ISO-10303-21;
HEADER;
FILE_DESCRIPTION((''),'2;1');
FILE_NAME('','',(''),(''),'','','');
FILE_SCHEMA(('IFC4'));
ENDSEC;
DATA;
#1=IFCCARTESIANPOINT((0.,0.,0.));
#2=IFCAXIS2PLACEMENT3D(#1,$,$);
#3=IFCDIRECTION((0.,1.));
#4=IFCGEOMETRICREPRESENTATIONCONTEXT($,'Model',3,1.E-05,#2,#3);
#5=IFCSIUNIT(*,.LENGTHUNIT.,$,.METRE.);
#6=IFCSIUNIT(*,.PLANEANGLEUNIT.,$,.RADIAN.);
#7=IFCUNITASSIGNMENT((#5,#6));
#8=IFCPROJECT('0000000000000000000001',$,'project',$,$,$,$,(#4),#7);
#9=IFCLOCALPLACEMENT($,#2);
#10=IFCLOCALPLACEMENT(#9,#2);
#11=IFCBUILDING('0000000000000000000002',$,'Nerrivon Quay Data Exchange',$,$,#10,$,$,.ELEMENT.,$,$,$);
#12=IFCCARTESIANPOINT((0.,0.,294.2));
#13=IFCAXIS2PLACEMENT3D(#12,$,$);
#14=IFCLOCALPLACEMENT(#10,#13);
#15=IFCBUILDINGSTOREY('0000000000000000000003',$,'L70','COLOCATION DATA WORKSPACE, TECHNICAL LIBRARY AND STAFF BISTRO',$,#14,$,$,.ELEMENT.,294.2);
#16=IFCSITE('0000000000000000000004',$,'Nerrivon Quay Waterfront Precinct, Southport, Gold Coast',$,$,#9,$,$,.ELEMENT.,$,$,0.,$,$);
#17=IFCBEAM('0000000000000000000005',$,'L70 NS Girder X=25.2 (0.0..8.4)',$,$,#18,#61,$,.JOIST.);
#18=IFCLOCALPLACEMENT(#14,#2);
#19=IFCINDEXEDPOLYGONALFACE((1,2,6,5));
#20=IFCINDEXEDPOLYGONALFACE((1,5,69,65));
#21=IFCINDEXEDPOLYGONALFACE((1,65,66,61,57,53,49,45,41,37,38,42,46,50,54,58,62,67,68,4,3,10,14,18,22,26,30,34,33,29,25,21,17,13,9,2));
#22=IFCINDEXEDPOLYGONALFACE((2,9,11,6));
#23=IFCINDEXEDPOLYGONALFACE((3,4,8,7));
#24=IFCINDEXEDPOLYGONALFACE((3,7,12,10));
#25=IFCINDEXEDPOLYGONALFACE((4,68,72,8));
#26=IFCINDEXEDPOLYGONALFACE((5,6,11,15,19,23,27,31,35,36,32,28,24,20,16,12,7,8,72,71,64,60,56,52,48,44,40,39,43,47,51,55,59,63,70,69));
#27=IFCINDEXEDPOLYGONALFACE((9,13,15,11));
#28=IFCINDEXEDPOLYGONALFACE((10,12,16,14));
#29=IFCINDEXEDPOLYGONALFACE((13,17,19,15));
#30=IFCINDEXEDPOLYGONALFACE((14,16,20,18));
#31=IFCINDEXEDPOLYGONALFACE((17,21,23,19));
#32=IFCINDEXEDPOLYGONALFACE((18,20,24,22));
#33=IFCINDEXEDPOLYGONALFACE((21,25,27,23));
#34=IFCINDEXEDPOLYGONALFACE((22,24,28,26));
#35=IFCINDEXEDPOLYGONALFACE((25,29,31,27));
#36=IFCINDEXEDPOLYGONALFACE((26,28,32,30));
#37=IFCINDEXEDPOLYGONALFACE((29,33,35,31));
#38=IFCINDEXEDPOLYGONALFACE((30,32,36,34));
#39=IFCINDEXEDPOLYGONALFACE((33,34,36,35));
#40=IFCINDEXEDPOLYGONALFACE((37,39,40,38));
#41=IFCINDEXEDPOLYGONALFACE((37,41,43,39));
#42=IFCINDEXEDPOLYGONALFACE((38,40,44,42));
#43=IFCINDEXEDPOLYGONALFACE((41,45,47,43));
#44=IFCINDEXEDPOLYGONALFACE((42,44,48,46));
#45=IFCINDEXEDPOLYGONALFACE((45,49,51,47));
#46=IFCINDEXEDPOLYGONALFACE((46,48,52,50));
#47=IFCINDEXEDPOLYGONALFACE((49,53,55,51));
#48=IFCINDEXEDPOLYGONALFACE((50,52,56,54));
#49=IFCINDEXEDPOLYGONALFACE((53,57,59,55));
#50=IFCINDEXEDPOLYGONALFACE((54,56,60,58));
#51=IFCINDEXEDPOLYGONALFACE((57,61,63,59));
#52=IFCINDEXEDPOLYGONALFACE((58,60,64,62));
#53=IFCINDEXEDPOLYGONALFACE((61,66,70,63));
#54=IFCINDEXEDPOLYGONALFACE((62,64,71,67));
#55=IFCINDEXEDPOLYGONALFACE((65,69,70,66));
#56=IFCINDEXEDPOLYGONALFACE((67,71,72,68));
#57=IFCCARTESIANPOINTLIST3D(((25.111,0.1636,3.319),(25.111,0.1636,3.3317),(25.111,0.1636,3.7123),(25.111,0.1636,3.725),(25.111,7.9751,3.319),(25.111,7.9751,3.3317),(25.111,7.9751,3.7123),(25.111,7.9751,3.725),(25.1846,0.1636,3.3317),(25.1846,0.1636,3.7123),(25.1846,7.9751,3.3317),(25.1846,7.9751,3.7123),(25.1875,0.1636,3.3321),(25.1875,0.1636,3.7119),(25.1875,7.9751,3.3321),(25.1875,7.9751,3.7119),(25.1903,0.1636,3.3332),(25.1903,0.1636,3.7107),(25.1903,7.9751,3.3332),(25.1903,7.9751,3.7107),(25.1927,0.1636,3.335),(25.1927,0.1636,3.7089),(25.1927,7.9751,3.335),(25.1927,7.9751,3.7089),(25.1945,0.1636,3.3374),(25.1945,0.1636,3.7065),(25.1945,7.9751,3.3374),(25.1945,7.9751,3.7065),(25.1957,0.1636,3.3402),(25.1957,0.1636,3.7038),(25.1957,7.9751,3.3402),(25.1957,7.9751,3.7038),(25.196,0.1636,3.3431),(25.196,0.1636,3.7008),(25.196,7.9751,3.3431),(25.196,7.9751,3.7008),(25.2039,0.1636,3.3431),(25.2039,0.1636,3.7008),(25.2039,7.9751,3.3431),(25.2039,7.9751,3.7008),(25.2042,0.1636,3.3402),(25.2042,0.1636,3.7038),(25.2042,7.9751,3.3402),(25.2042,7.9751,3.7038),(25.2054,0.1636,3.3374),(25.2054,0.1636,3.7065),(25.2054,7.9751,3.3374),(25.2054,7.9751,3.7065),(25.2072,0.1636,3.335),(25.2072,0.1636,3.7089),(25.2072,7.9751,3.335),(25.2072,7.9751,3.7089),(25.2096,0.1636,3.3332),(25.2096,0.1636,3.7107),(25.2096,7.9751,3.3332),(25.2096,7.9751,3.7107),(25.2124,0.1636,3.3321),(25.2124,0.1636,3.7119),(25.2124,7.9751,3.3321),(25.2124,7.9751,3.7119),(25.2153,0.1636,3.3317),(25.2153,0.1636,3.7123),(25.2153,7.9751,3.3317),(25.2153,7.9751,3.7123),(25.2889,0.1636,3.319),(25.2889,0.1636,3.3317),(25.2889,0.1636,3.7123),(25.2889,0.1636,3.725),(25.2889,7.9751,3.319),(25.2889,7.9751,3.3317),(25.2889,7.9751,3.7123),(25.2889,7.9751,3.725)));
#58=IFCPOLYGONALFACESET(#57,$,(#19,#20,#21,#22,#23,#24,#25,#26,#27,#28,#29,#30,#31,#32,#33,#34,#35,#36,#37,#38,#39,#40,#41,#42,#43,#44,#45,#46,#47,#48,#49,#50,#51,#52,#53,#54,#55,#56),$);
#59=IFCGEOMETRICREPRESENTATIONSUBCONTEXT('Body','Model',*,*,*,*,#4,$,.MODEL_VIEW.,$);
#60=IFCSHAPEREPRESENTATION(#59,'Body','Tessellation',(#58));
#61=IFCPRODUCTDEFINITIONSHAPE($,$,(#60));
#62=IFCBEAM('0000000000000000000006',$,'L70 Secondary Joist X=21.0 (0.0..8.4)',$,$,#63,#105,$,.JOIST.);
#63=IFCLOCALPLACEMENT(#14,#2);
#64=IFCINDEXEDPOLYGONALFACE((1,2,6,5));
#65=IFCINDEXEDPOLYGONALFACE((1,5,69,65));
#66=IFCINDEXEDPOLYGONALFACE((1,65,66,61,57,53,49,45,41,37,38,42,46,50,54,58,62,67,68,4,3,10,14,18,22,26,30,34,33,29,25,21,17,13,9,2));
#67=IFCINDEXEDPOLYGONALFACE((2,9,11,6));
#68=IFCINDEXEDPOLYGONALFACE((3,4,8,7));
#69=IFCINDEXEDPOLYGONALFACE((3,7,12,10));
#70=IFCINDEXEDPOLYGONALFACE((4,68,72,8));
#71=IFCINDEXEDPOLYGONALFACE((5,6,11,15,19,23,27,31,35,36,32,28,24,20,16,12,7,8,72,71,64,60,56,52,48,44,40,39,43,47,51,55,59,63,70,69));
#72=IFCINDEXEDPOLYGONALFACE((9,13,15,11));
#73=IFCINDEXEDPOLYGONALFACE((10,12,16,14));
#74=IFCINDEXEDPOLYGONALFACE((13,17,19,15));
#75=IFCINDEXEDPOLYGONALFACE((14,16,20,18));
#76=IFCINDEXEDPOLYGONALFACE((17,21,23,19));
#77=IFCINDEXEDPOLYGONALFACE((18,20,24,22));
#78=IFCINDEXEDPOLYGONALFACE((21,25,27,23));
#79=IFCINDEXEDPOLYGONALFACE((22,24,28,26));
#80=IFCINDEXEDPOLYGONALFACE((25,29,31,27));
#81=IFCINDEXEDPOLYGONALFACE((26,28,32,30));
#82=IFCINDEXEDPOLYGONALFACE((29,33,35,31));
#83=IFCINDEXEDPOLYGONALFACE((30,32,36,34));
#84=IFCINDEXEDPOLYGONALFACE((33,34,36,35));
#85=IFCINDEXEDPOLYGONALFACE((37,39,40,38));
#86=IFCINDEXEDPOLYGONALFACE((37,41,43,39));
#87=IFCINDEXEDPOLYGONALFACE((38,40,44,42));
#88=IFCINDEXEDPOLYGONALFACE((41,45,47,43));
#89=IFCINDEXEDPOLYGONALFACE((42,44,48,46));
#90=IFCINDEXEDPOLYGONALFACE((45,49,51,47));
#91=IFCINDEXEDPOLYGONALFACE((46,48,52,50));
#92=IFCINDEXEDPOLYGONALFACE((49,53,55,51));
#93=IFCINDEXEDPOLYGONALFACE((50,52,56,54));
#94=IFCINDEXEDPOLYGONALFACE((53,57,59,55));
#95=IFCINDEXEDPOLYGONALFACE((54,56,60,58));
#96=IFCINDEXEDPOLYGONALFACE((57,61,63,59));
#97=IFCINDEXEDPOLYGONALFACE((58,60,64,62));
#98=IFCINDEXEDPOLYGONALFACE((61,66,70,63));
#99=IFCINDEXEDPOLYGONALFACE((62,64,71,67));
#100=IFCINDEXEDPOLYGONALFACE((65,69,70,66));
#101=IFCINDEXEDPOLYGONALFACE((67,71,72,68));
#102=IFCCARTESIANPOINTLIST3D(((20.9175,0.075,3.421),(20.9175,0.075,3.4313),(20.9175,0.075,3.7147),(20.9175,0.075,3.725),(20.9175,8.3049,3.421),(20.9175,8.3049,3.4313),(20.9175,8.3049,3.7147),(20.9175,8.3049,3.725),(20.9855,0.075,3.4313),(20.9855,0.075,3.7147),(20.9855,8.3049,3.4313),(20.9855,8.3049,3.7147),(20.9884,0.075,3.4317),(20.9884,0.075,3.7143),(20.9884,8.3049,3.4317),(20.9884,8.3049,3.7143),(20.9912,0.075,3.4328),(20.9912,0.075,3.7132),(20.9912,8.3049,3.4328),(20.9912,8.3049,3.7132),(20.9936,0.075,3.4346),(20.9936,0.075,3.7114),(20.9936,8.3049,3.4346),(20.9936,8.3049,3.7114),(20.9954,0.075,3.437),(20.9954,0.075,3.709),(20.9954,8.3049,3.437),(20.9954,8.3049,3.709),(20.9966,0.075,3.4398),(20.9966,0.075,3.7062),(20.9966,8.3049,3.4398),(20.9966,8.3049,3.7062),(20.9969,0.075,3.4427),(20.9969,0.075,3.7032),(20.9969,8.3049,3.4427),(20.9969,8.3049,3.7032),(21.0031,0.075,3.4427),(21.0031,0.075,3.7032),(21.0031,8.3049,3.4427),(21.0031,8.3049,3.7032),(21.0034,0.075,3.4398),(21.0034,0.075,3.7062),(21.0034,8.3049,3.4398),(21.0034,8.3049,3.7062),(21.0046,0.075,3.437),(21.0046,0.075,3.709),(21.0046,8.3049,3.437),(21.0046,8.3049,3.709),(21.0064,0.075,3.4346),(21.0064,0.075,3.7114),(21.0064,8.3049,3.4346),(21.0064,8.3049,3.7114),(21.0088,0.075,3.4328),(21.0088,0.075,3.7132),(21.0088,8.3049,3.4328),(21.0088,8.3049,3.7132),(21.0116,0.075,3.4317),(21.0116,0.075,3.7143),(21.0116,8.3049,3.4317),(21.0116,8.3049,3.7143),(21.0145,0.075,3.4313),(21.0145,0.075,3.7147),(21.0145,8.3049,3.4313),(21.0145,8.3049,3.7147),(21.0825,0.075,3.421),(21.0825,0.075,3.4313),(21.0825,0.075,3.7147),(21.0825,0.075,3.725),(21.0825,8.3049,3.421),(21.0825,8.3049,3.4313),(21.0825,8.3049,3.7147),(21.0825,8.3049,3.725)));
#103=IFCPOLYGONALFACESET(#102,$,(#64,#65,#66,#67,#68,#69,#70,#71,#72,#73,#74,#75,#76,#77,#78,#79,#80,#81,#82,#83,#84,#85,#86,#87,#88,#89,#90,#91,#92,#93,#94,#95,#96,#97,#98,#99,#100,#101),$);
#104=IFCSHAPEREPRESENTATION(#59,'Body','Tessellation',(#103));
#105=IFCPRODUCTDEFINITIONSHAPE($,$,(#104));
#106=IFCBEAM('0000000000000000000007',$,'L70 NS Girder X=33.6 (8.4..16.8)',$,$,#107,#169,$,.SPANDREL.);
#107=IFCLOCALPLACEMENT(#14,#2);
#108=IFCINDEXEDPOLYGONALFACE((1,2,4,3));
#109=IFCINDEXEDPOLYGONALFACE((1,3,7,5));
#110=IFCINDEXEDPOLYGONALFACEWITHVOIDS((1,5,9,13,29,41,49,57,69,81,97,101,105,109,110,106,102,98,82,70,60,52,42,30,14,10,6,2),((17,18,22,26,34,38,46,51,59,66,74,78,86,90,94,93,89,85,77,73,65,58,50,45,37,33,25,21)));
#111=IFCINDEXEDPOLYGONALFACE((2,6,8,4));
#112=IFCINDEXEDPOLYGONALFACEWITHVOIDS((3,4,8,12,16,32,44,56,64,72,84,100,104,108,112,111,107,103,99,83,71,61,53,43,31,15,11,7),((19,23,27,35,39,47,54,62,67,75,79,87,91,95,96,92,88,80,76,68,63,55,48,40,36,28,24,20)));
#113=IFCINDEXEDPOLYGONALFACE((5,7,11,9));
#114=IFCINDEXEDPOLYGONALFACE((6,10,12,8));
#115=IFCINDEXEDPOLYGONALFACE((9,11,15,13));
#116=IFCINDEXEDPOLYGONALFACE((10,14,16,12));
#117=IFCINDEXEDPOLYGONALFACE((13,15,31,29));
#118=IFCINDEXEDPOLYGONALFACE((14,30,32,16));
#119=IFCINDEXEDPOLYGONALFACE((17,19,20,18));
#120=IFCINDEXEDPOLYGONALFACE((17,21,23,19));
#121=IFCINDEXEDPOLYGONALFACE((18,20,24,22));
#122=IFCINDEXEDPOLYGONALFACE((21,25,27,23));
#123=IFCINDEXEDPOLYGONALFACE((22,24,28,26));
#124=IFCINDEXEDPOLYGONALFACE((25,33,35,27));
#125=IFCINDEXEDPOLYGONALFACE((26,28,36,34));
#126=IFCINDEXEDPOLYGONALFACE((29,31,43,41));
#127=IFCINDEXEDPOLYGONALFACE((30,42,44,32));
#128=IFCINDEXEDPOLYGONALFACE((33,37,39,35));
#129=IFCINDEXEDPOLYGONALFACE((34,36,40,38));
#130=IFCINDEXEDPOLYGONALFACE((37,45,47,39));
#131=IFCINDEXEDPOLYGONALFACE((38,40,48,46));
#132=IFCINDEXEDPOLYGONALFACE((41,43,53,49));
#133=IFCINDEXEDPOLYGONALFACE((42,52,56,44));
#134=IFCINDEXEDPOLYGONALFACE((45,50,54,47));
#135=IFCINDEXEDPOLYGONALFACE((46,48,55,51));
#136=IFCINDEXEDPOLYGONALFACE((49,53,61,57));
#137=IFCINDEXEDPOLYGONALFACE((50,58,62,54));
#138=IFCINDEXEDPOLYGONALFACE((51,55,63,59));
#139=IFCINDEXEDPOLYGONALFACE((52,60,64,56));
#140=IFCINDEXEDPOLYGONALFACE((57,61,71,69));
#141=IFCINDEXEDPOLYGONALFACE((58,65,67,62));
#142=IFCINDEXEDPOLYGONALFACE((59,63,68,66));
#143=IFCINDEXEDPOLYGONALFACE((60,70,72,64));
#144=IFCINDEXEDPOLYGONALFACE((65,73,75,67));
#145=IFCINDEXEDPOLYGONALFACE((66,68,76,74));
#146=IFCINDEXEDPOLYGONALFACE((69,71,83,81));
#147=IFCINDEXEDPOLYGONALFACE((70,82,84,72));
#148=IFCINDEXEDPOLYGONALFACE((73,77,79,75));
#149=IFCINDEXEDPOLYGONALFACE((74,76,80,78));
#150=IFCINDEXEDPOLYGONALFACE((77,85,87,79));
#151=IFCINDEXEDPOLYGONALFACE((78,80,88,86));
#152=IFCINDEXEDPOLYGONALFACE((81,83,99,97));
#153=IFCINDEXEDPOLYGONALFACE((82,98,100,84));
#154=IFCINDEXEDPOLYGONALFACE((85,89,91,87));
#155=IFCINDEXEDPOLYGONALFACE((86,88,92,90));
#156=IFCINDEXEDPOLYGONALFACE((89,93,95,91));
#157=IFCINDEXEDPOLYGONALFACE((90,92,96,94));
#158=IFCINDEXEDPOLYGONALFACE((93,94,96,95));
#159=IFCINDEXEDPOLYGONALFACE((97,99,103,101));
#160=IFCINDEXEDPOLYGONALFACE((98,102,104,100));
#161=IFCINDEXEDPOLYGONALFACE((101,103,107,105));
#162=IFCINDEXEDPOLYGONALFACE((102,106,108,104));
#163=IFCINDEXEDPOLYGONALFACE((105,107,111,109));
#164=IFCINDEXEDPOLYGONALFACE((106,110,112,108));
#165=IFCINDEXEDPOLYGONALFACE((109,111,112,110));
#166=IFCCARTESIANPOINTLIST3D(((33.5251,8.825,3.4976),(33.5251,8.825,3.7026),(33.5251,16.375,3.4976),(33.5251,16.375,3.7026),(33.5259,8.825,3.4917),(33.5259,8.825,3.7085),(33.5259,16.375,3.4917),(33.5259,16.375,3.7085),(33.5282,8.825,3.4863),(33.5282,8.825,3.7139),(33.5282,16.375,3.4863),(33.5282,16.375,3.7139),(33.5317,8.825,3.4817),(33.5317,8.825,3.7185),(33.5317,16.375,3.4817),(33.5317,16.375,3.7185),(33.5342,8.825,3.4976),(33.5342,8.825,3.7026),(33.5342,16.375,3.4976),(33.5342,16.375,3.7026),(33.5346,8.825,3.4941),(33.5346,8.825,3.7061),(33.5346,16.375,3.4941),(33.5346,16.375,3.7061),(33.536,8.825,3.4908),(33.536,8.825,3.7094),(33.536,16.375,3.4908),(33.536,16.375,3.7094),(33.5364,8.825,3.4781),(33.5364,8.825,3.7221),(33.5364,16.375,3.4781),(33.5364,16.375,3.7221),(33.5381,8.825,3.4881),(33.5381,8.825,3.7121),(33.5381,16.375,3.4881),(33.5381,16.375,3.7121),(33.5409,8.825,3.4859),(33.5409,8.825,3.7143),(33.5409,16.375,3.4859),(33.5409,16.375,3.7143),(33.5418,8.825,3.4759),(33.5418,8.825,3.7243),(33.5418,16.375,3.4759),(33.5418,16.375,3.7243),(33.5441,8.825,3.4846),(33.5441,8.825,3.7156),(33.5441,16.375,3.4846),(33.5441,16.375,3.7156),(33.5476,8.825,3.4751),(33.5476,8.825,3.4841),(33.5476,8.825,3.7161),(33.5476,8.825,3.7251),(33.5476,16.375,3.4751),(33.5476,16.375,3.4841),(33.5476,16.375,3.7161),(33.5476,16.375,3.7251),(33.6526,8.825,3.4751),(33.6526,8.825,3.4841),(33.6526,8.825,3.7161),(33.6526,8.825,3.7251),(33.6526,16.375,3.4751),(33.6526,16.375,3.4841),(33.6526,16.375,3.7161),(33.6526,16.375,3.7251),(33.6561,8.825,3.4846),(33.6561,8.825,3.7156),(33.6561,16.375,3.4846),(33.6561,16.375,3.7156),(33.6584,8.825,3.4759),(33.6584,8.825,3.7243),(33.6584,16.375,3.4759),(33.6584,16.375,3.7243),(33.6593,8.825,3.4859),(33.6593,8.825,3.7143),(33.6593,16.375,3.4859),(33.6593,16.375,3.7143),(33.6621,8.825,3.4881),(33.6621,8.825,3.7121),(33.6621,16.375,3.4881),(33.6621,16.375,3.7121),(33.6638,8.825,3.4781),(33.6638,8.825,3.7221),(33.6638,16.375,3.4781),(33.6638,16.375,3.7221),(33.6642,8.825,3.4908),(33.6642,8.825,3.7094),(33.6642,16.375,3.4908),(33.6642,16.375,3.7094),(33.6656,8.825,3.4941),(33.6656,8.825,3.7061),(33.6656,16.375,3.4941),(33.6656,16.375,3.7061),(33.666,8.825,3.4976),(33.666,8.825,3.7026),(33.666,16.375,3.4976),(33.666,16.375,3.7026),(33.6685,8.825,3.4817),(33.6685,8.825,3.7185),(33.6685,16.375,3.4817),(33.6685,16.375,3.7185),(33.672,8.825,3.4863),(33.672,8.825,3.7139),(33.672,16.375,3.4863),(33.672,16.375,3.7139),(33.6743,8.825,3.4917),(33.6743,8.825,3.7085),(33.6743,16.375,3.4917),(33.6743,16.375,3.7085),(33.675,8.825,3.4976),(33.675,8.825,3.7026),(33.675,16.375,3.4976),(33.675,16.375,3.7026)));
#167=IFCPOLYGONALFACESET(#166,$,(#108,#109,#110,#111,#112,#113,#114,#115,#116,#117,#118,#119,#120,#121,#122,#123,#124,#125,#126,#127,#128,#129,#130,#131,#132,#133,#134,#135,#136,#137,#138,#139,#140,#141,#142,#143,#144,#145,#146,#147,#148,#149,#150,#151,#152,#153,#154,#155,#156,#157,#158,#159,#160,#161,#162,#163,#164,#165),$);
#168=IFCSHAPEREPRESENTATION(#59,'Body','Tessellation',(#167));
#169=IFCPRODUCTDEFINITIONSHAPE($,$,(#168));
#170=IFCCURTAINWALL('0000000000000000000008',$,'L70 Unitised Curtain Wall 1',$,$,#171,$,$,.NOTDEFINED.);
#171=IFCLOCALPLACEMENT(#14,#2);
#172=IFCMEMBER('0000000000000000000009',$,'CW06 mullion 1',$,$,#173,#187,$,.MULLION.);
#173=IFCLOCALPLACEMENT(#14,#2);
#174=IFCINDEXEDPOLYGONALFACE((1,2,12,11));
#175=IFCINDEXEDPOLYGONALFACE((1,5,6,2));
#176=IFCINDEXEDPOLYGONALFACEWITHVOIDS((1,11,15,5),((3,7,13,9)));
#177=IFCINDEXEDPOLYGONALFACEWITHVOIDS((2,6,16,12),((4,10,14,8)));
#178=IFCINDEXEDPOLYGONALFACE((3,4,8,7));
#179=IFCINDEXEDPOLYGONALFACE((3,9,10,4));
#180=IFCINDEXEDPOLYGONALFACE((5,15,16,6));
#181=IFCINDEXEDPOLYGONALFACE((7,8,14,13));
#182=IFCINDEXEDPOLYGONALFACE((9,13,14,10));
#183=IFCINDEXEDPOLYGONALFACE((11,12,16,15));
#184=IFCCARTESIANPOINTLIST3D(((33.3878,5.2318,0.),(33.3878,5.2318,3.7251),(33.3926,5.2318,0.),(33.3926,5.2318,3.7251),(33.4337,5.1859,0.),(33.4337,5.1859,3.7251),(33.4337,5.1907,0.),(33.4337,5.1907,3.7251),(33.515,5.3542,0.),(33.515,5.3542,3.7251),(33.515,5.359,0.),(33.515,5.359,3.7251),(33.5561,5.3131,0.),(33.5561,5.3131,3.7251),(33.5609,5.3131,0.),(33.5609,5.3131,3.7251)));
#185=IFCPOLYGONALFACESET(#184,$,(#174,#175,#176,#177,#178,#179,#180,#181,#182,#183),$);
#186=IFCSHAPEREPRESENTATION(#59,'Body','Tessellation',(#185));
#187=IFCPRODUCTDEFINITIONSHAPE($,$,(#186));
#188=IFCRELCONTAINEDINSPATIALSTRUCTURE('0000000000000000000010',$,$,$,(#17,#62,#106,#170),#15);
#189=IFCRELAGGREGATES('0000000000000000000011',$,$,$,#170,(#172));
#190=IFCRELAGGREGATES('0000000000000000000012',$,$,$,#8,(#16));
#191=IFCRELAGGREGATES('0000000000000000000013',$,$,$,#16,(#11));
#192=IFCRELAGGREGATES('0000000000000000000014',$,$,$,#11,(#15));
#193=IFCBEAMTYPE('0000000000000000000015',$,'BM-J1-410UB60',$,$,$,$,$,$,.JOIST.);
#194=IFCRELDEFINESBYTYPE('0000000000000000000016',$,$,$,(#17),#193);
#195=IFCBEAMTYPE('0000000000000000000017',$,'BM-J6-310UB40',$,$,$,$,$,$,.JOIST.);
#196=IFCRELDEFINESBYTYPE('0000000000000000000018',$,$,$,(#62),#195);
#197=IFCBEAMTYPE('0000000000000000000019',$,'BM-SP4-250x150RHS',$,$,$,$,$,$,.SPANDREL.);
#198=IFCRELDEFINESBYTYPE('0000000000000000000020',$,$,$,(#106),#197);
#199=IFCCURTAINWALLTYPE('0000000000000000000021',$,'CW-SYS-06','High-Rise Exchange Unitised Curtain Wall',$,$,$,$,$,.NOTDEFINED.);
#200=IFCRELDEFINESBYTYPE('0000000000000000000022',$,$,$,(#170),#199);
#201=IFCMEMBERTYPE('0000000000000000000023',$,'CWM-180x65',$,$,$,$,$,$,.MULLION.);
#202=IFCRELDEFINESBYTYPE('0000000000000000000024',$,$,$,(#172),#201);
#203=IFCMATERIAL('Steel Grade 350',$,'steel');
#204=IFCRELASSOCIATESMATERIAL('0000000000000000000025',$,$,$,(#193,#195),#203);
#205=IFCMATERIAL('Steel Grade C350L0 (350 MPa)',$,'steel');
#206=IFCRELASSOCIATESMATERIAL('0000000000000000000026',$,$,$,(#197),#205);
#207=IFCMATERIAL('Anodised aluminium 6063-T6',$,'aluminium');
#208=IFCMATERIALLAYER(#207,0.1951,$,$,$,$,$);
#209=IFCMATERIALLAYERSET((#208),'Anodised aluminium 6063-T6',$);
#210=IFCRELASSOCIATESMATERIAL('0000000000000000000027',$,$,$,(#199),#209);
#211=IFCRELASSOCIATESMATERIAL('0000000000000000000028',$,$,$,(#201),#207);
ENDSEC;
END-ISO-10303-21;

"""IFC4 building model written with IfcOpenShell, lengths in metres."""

from ifc_helpers import new_model, si_unit, direction, frame, origin, origin_2d, place, context, subcontext, project, spatial, hollow_rectangle, i_section, extrude, material, layer, layer_set, material_profile, profile_set, type_object, element, aggregate, save


model = new_model("IFC4")

# Units and contexts
model_context = context("Model", 3, precision=1e-05, world=origin(), true_north=direction((0.0, 1.0)))
body_context = subcontext(model_context, "Body", "Model", "MODEL_VIEW")
ifc_project = project(units=[si_unit("LENGTHUNIT", "METRE"), si_unit("PLANEANGLEUNIT", "RADIAN")], contexts=[model_context])

# Site, building, storey
site_placement = place(None, origin())
site = spatial("IfcSite", under=ifc_project, at=site_placement, Name="Nerrivon Quay Waterfront Precinct, Southport, Gold Coast", CompositionType="ELEMENT", RefElevation=0.0)
building_placement = place(site_placement, origin())
building = spatial("IfcBuilding", under=site, at=building_placement, Name="Nerrivon Quay Data Exchange", CompositionType="ELEMENT")
storey_placement = place(building_placement, frame((0.0, 0.0, 294.2)))
storey = spatial("IfcBuildingStorey", under=building, at=storey_placement, Name="L70", Description="COLOCATION DATA WORKSPACE, TECHNICAL LIBRARY AND STAFF BISTRO", CompositionType="ELEMENT", Elevation=294.2)

# Shared definitions
ifc_material_1 = material(Name="Steel Grade 350", Category="steel")

# Beams
ifc_material_profile_1 = material_profile(ifc_material_1, i_section(OverallWidth=0.178, OverallDepth=0.406, WebThickness=0.0078, FlangeThickness=0.0127, FilletRadius=0.0115, at=origin_2d()), Name="410UB59.7")
ifc_profile_set_1 = profile_set([ifc_material_profile_1], Name="Steel Grade 350")
beam_type_1 = type_object("IfcBeamType", Name="BM-J1-410UB60", PredefinedType="JOIST", material=ifc_profile_set_1)
beam_1_placement = place(storey_placement, frame((25.2, 0.1636, 3.522), z_axis=(0.0, 1.0, 0.0), x_axis=(-1.0, 0.0, 0.0)))
element("IfcBeam", 1, at=beam_1_placement, inside=storey, type_object=beam_type_1, Name="L70 NS Girder X=25.2 (0.0..8.4)", PredefinedType="JOIST", context=body_context, shape_type="SweptSolid", body=[
    extrude(i_section(OverallWidth=0.178, OverallDepth=0.406, WebThickness=0.0078, FlangeThickness=0.0127, FilletRadius=0.0115, at=origin_2d()), origin(), (0.0, 0.0, 1.0), 7.8115),
])
ifc_material_profile_2 = material_profile(ifc_material_1, i_section(OverallWidth=0.165, OverallDepth=0.304, WebThickness=0.0061, FlangeThickness=0.0103, FilletRadius=0.0115, at=origin_2d()), Name="310UB40.4")
ifc_profile_set_2 = profile_set([ifc_material_profile_2], Name="Steel Grade 350")
beam_type_2 = type_object("IfcBeamType", Name="BM-J6-310UB40", PredefinedType="JOIST", material=ifc_profile_set_2)
beam_2_placement = place(storey_placement, frame((21.0, 0.075, 3.573), z_axis=(0.0, 1.0, 0.0), x_axis=(-1.0, 0.0, 0.0)))
element("IfcBeam", 2, at=beam_2_placement, inside=storey, type_object=beam_type_2, Name="L70 Secondary Joist X=21.0 (0.0..8.4)", PredefinedType="JOIST", context=body_context, shape_type="SweptSolid", body=[
    extrude(i_section(OverallWidth=0.165, OverallDepth=0.304, WebThickness=0.0061, FlangeThickness=0.0103, FilletRadius=0.0115, at=origin_2d()), origin(), (0.0, 0.0, 1.0), 8.23),
])
ifc_material_2 = material(Name="Steel Grade C350L0 (350 MPa)", Category="steel")
ifc_material_profile_3 = material_profile(ifc_material_2, hollow_rectangle(XDim=0.1499, YDim=0.25, WallThickness=0.009, InnerFilletRadius=0.0134, OuterFilletRadius=0.0225, at=origin_2d()), Name="250x150x9.0RHS")
ifc_profile_set_3 = profile_set([ifc_material_profile_3], Name="Steel Grade C350L0 (350 MPa)")
beam_type_3 = type_object("IfcBeamType", Name="BM-SP4-250x150RHS", PredefinedType="SPANDREL", material=ifc_profile_set_3)
beam_3_placement = place(storey_placement, frame((33.6001, 8.825, 3.6001), z_axis=(0.0, 1.0, 0.0), x_axis=(-1.0, 0.0, 0.0)))
element("IfcBeam", 3, at=beam_3_placement, inside=storey, type_object=beam_type_3, Name="L70 NS Girder X=33.6 (8.4..16.8)", PredefinedType="SPANDREL", context=body_context, shape_type="SweptSolid", body=[
    extrude(hollow_rectangle(XDim=0.1499, YDim=0.25, WallThickness=0.009, InnerFilletRadius=0.0134, OuterFilletRadius=0.0225, at=origin_2d()), origin(), (0.0, 0.0, 1.0), 7.55),
])

# Curtain wall, member
ifc_material_3 = material(Name="Anodised aluminium 6063-T6", Category="aluminium")
ifc_layer_1 = layer(ifc_material_3, 0.1951)
ifc_layer_set_1 = layer_set([ifc_layer_1], Name="Anodised aluminium 6063-T6")
curtain_wall_type = type_object("IfcCurtainWallType", Name="CW-SYS-06", Description="High-Rise Exchange Unitised Curtain Wall", PredefinedType="NOTDEFINED", material=ifc_layer_set_1)
curtain_wall_1_placement = place(storey_placement, origin())
curtain_wall_1 = element("IfcCurtainWall", 4, at=curtain_wall_1_placement, inside=storey, type_object=curtain_wall_type, Name="L70 Unitised Curtain Wall 1", PredefinedType="NOTDEFINED")
ifc_material_profile_4 = material_profile(ifc_material_3, hollow_rectangle(XDim=0.0649, YDim=0.1799, WallThickness=0.0034, at=origin_2d()), Name="ALU-MULL-180x65")
ifc_profile_set_4 = profile_set([ifc_material_profile_4], Name="Anodised aluminium 6063-T6")
member_type_1 = type_object("IfcMemberType", Name="CWM-180x65", PredefinedType="MULLION", material=ifc_profile_set_4)
member_1_placement = place(storey_placement, frame((33.4744, 5.2725, 0.0), z_axis=(0.0, 0.0, 1.0), x_axis=(0.707107, -0.707107, 0.0)))
member_1 = element("IfcMember", 5, at=member_1_placement, type_object=member_type_1, Name="CW06 mullion 1", PredefinedType="MULLION", context=body_context, shape_type="SweptSolid", body=[
    extrude(hollow_rectangle(XDim=0.0649, YDim=0.1799, WallThickness=0.0034, at=origin_2d()), origin(), (0.0, 0.0, 1.0), 3.7251),
])

aggregate(curtain_wall_1, [member_1])

save(model, "model.ifc")
